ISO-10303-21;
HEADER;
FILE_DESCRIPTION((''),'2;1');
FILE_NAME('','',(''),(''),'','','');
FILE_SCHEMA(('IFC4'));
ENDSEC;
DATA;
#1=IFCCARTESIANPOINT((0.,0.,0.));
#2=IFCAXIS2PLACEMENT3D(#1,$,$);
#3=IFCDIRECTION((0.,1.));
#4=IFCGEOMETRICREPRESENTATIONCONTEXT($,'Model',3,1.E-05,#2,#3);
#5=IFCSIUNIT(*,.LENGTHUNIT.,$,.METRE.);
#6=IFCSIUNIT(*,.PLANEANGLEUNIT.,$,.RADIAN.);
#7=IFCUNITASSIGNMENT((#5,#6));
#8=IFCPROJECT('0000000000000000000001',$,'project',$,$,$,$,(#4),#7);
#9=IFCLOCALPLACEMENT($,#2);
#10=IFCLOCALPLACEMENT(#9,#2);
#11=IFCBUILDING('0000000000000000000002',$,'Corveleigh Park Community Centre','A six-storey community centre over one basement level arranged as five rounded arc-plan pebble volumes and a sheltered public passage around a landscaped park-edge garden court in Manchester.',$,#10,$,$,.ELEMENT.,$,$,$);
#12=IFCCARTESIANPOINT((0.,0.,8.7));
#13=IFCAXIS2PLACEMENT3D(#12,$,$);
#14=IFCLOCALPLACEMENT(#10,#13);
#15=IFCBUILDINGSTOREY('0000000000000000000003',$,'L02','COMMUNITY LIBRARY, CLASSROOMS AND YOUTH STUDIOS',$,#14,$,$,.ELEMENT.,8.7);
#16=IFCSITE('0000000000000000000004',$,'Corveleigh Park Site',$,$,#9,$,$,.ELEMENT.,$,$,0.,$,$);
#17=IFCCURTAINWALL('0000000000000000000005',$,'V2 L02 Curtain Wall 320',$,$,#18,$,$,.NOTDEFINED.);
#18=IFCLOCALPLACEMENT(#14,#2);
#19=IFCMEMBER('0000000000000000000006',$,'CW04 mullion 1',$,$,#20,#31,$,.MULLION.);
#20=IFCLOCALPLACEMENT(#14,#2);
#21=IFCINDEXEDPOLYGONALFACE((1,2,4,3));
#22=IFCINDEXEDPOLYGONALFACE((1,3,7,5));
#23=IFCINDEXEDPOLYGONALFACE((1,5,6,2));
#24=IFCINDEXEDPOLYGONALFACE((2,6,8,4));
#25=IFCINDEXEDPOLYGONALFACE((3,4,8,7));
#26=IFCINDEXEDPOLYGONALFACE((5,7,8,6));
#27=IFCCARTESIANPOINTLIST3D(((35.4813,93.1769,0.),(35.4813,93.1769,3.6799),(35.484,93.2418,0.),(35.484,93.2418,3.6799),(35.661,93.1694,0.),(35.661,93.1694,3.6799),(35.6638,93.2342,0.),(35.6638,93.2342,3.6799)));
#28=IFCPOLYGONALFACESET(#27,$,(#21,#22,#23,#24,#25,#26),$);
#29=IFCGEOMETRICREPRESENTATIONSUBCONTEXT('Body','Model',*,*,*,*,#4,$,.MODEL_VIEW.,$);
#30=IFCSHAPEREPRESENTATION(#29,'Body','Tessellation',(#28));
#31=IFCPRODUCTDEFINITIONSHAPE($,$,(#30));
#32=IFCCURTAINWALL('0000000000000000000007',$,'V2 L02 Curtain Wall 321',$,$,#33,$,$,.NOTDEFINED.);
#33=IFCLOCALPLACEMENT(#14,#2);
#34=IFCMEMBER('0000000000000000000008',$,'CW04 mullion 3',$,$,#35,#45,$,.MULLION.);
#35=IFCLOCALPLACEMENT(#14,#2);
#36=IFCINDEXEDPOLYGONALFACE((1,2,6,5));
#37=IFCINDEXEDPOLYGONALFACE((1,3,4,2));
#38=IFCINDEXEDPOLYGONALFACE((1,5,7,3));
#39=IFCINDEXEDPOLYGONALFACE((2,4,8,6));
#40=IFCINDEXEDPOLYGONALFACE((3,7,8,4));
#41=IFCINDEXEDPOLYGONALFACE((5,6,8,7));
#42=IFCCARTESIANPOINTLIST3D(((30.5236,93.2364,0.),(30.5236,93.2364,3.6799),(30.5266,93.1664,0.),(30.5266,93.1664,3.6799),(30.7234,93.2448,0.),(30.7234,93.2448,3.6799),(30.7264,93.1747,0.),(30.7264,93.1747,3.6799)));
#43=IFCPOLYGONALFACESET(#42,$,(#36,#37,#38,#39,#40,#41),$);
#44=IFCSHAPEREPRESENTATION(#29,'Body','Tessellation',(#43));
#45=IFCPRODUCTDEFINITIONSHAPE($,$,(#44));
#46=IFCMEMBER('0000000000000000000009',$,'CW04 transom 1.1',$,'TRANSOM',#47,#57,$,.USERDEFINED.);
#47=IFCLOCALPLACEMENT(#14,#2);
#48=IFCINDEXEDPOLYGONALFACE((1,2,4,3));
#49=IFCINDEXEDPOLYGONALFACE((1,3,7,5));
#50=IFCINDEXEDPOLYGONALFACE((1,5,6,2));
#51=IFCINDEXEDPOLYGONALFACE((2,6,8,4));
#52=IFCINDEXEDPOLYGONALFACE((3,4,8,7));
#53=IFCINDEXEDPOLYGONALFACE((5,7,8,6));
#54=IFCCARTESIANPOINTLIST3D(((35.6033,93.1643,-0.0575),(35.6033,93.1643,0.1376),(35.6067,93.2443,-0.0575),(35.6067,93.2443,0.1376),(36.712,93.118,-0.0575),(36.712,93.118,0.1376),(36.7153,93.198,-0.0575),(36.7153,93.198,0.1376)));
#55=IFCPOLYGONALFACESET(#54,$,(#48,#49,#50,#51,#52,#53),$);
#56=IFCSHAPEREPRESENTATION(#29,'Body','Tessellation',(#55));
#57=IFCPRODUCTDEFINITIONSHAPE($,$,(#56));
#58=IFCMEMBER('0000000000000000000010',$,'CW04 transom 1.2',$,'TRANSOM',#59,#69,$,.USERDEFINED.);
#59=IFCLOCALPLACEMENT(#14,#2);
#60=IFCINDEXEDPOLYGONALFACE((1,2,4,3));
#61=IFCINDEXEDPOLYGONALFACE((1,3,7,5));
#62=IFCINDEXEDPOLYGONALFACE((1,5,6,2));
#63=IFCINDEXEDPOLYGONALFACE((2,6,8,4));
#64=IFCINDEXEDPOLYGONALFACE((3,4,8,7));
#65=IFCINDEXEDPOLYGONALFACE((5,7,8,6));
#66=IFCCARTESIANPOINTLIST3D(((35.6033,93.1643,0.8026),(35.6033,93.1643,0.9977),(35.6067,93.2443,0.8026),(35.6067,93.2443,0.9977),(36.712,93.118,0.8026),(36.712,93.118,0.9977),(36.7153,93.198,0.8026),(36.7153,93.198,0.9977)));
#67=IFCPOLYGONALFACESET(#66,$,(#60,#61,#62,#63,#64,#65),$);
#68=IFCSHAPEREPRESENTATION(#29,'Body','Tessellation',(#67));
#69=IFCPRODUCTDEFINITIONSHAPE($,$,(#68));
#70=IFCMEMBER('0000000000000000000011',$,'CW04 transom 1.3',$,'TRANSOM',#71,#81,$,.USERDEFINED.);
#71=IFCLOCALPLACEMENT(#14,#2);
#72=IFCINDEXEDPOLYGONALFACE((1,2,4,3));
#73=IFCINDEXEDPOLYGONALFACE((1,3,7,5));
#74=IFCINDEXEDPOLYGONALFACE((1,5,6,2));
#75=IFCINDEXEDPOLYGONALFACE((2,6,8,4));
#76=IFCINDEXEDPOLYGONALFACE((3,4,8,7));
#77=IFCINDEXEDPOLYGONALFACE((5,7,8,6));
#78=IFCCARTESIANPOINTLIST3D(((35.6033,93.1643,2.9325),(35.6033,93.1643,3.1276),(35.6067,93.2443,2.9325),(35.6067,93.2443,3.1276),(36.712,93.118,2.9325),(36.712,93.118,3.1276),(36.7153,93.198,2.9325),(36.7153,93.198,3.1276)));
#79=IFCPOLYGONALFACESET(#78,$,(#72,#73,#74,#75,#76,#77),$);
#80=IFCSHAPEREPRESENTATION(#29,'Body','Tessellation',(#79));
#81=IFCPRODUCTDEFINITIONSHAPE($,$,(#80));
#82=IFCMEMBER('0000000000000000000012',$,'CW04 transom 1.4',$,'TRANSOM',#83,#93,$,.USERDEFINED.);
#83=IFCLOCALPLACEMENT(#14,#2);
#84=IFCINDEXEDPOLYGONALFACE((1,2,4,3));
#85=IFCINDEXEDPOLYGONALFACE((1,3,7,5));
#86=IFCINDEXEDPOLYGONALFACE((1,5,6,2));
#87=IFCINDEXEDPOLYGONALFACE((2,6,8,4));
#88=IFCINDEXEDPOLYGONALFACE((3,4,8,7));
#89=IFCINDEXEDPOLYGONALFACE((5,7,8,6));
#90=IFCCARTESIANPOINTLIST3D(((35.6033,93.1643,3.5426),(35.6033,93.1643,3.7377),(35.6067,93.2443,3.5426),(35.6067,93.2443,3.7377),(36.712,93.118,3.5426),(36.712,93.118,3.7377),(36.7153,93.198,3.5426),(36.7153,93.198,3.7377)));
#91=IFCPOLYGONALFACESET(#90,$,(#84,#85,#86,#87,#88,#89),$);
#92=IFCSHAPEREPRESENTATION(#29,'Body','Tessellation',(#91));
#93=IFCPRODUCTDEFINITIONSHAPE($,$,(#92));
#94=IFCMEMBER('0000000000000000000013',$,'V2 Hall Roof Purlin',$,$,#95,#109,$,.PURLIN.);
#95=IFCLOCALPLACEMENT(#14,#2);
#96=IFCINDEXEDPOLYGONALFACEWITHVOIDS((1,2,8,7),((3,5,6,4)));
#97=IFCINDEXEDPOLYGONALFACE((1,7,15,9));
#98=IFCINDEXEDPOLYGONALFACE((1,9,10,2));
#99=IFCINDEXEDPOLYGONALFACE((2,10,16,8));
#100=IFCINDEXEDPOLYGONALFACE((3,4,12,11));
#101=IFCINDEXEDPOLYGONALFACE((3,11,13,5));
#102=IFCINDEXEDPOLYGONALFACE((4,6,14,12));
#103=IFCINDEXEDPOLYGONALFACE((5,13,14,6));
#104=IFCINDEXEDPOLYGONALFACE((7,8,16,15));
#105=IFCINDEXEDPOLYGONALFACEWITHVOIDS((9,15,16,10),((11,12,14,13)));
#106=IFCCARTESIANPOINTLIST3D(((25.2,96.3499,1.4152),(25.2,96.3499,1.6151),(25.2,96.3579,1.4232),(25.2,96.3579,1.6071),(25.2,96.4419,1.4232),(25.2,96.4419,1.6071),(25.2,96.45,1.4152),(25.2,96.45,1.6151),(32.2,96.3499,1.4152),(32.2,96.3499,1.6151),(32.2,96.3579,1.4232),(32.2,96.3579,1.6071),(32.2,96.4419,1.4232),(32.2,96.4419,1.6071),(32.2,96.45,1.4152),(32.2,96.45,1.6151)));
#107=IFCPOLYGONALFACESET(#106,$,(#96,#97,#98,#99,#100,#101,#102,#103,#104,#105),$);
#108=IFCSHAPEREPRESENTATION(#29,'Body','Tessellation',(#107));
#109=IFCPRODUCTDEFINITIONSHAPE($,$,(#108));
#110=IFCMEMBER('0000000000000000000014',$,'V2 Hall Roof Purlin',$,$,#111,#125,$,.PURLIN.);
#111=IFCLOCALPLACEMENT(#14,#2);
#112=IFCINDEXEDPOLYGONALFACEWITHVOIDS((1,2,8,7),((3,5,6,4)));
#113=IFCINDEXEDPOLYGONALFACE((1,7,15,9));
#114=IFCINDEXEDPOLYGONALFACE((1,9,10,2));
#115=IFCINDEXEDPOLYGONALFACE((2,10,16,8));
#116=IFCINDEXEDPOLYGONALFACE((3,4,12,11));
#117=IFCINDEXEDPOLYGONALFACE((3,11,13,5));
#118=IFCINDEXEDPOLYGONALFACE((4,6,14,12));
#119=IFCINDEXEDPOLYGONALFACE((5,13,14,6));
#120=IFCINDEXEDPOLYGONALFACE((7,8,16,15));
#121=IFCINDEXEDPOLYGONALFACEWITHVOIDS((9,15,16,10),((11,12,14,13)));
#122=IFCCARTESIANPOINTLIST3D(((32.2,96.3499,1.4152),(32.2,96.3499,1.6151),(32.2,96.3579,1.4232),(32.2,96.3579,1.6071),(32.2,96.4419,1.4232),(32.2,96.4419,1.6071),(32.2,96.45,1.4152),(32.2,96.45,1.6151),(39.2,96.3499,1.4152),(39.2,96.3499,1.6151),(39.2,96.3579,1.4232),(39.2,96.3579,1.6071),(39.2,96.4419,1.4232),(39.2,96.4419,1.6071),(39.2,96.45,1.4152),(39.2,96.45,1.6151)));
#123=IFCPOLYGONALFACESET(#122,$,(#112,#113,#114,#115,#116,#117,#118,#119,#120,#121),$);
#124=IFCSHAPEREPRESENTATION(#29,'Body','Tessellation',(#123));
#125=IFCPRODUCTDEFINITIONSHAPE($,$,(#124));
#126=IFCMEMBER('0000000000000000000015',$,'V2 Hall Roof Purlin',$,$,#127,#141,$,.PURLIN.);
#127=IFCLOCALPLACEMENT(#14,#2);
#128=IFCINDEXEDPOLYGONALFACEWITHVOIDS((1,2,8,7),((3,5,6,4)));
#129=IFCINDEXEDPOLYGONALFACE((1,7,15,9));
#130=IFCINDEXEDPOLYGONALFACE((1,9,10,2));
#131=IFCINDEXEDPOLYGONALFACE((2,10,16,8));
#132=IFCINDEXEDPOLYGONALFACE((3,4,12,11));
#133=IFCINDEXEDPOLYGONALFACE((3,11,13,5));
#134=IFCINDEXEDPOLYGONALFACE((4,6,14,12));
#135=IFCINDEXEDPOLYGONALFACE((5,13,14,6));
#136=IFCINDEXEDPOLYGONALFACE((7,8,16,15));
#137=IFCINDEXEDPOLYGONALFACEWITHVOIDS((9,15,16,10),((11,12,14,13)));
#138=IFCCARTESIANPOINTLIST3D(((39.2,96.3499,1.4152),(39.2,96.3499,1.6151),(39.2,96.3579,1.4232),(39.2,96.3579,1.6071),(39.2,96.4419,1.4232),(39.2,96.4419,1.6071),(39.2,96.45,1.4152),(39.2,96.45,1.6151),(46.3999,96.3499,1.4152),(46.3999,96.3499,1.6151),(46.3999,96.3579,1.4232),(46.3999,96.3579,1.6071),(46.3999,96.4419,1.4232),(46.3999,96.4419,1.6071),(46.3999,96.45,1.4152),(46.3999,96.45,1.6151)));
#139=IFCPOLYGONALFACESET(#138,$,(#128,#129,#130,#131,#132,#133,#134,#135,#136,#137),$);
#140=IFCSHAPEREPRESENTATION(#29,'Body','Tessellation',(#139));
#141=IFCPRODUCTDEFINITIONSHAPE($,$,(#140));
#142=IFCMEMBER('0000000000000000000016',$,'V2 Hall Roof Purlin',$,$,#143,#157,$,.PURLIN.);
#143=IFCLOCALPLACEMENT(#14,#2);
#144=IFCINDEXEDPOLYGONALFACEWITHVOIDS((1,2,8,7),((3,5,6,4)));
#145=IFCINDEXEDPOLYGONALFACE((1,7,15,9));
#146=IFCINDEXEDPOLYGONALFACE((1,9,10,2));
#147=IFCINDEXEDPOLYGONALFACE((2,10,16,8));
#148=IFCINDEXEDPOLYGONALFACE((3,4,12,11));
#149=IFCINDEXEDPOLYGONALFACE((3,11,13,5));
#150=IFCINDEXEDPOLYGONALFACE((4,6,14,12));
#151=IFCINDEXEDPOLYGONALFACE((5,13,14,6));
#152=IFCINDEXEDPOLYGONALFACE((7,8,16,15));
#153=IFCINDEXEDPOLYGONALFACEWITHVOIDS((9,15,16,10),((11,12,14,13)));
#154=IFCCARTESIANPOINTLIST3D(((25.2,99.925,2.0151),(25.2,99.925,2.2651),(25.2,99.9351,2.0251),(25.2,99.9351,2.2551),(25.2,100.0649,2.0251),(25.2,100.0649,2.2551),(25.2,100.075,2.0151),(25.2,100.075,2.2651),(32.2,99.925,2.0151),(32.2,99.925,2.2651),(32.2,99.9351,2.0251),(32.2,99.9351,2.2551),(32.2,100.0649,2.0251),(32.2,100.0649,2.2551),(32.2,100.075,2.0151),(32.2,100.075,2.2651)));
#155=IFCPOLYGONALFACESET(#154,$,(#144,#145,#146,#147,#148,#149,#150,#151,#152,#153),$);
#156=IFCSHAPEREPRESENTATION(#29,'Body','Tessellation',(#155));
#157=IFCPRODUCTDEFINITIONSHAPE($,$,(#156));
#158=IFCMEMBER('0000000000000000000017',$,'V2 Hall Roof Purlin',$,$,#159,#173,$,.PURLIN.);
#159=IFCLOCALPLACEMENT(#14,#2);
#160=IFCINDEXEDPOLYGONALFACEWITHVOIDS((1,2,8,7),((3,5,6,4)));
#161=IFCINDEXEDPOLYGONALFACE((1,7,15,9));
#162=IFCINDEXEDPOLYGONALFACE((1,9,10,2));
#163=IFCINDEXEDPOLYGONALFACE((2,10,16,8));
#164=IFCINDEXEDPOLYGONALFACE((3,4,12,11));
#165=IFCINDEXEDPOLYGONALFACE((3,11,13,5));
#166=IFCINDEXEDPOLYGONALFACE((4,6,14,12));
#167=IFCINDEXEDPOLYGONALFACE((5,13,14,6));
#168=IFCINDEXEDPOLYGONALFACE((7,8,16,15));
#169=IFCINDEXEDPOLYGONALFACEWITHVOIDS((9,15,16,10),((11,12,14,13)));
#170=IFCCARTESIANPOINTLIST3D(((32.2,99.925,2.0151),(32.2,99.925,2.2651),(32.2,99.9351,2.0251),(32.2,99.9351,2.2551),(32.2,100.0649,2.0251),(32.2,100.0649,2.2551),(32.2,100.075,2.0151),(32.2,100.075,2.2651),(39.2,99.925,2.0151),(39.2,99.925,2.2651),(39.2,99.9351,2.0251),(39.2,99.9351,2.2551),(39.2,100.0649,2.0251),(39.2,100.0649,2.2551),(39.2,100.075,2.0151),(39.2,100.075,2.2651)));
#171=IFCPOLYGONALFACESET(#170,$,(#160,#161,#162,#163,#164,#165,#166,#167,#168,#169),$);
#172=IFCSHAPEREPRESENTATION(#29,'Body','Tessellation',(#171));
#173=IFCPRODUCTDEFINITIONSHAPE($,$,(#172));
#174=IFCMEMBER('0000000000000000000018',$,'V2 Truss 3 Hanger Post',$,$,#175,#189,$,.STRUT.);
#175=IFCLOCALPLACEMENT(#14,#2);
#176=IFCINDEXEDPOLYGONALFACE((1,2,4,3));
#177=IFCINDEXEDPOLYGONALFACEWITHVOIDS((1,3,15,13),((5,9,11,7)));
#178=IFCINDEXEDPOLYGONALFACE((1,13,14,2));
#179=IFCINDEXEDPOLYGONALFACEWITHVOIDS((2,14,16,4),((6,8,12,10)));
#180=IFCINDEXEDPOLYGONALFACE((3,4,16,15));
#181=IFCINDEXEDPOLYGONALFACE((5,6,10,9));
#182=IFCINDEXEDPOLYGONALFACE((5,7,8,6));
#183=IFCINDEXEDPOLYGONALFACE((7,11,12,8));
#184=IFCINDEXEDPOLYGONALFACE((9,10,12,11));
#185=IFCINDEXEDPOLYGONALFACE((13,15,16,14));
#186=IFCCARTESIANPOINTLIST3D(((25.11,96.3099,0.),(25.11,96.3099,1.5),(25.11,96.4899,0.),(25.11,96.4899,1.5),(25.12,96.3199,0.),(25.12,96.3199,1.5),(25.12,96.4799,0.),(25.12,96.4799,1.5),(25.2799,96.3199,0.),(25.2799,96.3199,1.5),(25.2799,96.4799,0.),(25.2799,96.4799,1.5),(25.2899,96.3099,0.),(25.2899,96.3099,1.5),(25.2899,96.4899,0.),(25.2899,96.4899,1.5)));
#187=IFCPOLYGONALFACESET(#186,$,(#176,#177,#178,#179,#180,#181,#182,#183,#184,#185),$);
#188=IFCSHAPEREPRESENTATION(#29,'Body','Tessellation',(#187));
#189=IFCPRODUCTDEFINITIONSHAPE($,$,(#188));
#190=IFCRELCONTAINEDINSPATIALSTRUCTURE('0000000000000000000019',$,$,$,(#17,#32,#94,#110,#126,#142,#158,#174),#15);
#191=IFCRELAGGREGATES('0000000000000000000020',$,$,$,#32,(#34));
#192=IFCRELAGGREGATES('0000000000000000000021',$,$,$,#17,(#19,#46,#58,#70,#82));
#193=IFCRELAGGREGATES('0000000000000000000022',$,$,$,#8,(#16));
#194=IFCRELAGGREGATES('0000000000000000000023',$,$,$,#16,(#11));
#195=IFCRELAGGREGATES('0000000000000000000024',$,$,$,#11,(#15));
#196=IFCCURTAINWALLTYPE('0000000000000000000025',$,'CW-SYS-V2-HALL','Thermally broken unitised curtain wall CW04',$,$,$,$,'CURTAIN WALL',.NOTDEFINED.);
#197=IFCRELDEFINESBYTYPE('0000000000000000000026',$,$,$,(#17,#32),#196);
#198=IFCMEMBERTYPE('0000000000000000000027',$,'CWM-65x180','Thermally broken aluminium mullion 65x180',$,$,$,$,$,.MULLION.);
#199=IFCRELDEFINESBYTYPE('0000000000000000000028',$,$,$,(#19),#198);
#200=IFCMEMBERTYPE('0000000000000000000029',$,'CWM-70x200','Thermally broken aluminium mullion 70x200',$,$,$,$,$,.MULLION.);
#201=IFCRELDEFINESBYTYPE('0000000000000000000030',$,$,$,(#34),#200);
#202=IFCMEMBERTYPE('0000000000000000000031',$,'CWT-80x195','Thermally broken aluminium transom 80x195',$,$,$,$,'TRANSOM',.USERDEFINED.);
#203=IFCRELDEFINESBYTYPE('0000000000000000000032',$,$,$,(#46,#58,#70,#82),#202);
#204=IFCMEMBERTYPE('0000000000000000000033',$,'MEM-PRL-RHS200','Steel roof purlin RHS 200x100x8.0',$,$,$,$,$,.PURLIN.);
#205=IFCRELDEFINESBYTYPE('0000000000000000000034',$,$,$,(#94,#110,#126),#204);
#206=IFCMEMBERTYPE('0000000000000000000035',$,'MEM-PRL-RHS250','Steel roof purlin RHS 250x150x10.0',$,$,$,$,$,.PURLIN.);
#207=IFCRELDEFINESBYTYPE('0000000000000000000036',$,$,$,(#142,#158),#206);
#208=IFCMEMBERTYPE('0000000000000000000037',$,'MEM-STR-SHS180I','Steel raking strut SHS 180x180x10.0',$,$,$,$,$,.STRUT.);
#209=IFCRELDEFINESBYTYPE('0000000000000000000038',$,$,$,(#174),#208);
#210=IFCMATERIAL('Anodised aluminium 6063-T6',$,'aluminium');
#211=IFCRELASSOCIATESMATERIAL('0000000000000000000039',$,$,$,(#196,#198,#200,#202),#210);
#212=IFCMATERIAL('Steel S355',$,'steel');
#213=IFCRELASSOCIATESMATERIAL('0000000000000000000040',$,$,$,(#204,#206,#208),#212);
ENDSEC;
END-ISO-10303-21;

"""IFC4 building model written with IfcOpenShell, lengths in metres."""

from ifc_helpers import new_model, si_unit, direction, frame, origin, origin_2d, place, context, subcontext, project, spatial, rectangle, hollow_rectangle, extrude, material, material_profile, profile_set, type_object, element, aggregate, save


model = new_model("IFC4")

# Units and contexts
model_context = context("Model", 3, precision=1e-05, world=origin(), true_north=direction((0.0, 1.0)))
body_context = subcontext(model_context, "Body", "Model", "MODEL_VIEW")
ifc_project = project(units=[si_unit("LENGTHUNIT", "METRE"), si_unit("PLANEANGLEUNIT", "RADIAN")], contexts=[model_context])

# Site, building, storey
site_placement = place(None, origin())
site = spatial("IfcSite", under=ifc_project, at=site_placement, Name="Corveleigh Park Site", CompositionType="ELEMENT", RefElevation=0.0)
building_placement = place(site_placement, origin())
building = spatial("IfcBuilding", under=site, at=building_placement, Name="Corveleigh Park Community Centre", Description="A six-storey community centre over one basement level arranged as five rounded arc-plan pebble volumes and a sheltered public passage around a landscaped park-edge garden court in Manchester.", CompositionType="ELEMENT")
storey_placement = place(building_placement, frame((0.0, 0.0, 8.7)))
storey = spatial("IfcBuildingStorey", under=building, at=storey_placement, Name="L02", Description="COMMUNITY LIBRARY, CLASSROOMS AND YOUTH STUDIOS", CompositionType="ELEMENT", Elevation=8.7)

# Curtain walls, members
ifc_material_1 = material(Name="Anodised aluminium 6063-T6", Category="aluminium")
curtain_wall_type = type_object("IfcCurtainWallType", Name="CW-SYS-V2-HALL", Description="Thermally broken unitised curtain wall CW04", ElementType="CURTAIN WALL", PredefinedType="NOTDEFINED", material=ifc_material_1)
curtain_wall_1_placement = place(storey_placement, origin())
curtain_wall_1 = element("IfcCurtainWall", 1, at=curtain_wall_1_placement, inside=storey, type_object=curtain_wall_type, Name="V2 L02 Curtain Wall 320", PredefinedType="NOTDEFINED")
ifc_material_profile_1 = material_profile(ifc_material_1, rectangle(XDim=0.0649, YDim=0.1799, at=origin_2d()), Name="ALU-M65x180", Category="aluminium")
ifc_profile_set_1 = profile_set([ifc_material_profile_1], Name="Anodised aluminium 6063-T6")
member_type_1 = type_object("IfcMemberType", Name="CWM-65x180", Description="Thermally broken aluminium mullion 65x180", PredefinedType="MULLION", material=ifc_profile_set_1)
member_1_placement = place(storey_placement, frame((35.5725, 93.2056, 0.0), z_axis=(0.0, 0.0, 1.0), x_axis=(0.041837, 0.999124, 0.0)))
member_1 = element("IfcMember", 2, at=member_1_placement, type_object=member_type_1, Name="CW04 mullion 1", PredefinedType="MULLION", context=body_context, shape_type="SweptSolid", body=[
    extrude(rectangle(XDim=0.0649, YDim=0.1799, at=origin_2d()), origin(), (0.0, 0.0, 1.0), 3.6799),
])
curtain_wall_2_placement = place(storey_placement, origin())
curtain_wall_2 = element("IfcCurtainWall", 3, at=curtain_wall_2_placement, inside=storey, type_object=curtain_wall_type, Name="V2 L02 Curtain Wall 321", PredefinedType="NOTDEFINED")
ifc_material_profile_2 = material_profile(ifc_material_1, rectangle(XDim=0.0701, YDim=0.2, at=origin_2d()), Name="ALU-M70x200", Category="aluminium")
ifc_profile_set_2 = profile_set([ifc_material_profile_2], Name="Anodised aluminium 6063-T6")
member_type_2 = type_object("IfcMemberType", Name="CWM-70x200", Description="Thermally broken aluminium mullion 70x200", PredefinedType="MULLION", material=ifc_profile_set_2)
member_2_placement = place(storey_placement, frame((30.625, 93.2056, 0.0), z_axis=(0.0, 0.0, 1.0), x_axis=(-0.041837, 0.999124, 0.0)))
member_2 = element("IfcMember", 4, at=member_2_placement, type_object=member_type_2, Name="CW04 mullion 3", PredefinedType="MULLION", context=body_context, shape_type="SweptSolid", body=[
    extrude(rectangle(XDim=0.0701, YDim=0.2, at=origin_2d()), origin(), (0.0, 0.0, 1.0), 3.6799),
])
aggregate(curtain_wall_2, [member_2])

# Members
ifc_material_profile_3 = material_profile(ifc_material_1, rectangle(XDim=0.0801, YDim=0.1951, at=origin_2d()), Name="ALU-T80x195", Category="aluminium")
ifc_profile_set_3 = profile_set([ifc_material_profile_3], Name="Anodised aluminium 6063-T6")
member_type_3 = type_object("IfcMemberType", Name="CWT-80x195", Description="Thermally broken aluminium transom 80x195", ElementType="TRANSOM", PredefinedType="USERDEFINED", material=ifc_profile_set_3)
member_3_placement = place(storey_placement, frame((35.605, 93.2043, 0.04), z_axis=(0.999126, -0.041804, 0.0), x_axis=(0.041804, 0.999126, 0.0)))
member_3 = element("IfcMember", 5, at=member_3_placement, type_object=member_type_3, Name="CW04 transom 1.1", ObjectType="TRANSOM", PredefinedType="USERDEFINED", context=body_context, shape_type="SweptSolid", body=[
    extrude(rectangle(XDim=0.0801, YDim=0.1951, at=origin_2d()), origin(), (0.0, 0.0, 1.0), 1.1096),
])
member_4_placement = place(storey_placement, frame((35.605, 93.2043, 0.9001), z_axis=(0.999126, -0.041804, 0.0), x_axis=(0.041804, 0.999126, 0.0)))
member_4 = element("IfcMember", 6, at=member_4_placement, type_object=member_type_3, Name="CW04 transom 1.2", ObjectType="TRANSOM", PredefinedType="USERDEFINED", context=body_context, shape_type="SweptSolid", body=[
    extrude(rectangle(XDim=0.0801, YDim=0.1951, at=origin_2d()), origin(), (0.0, 0.0, 1.0), 1.1096),
])
member_5_placement = place(storey_placement, frame((35.605, 93.2043, 3.03), z_axis=(0.999126, -0.041804, 0.0), x_axis=(0.041804, 0.999126, 0.0)))
member_5 = element("IfcMember", 7, at=member_5_placement, type_object=member_type_3, Name="CW04 transom 1.3", ObjectType="TRANSOM", PredefinedType="USERDEFINED", context=body_context, shape_type="SweptSolid", body=[
    extrude(rectangle(XDim=0.0801, YDim=0.1951, at=origin_2d()), origin(), (0.0, 0.0, 1.0), 1.1096),
])
member_6_placement = place(storey_placement, frame((35.605, 93.2043, 3.6401), z_axis=(0.999126, -0.041804, 0.0), x_axis=(0.041804, 0.999126, 0.0)))
member_6 = element("IfcMember", 8, at=member_6_placement, type_object=member_type_3, Name="CW04 transom 1.4", ObjectType="TRANSOM", PredefinedType="USERDEFINED", context=body_context, shape_type="SweptSolid", body=[
    extrude(rectangle(XDim=0.0801, YDim=0.1951, at=origin_2d()), origin(), (0.0, 0.0, 1.0), 1.1096),
])

# Members
ifc_material_2 = material(Name="Steel S355", Category="steel")
ifc_material_profile_4 = material_profile(ifc_material_2, hollow_rectangle(XDim=0.1001, YDim=0.2, WallThickness=0.0081, at=origin_2d()), Name="RHS 200x100x8.0", Category="steel")
ifc_profile_set_4 = profile_set([ifc_material_profile_4], Name="Steel S355")
member_type_4 = type_object("IfcMemberType", Name="MEM-PRL-RHS200", Description="Steel roof purlin RHS 200x100x8.0", PredefinedType="PURLIN", material=ifc_profile_set_4)
for number, where, z_axis, x_axis, name in (
    (9, (25.2, 96.3999, 1.5151), (1.0, 0.0, 0.0), (0.0, 1.0, 0.0), "V2 Hall Roof Purlin"),
    (10, (32.2, 96.3999, 1.5151), (1.0, 0.0, 0.0), (0.0, 1.0, 0.0), "V2 Hall Roof Purlin"),
):
    element("IfcMember", number, at=place(storey_placement, frame(where, z_axis=z_axis, x_axis=x_axis)), inside=storey, type_object=member_type_4, Name=name, PredefinedType="PURLIN", context=body_context, shape_type="SweptSolid", body=[
        extrude(hollow_rectangle(XDim=0.1001, YDim=0.2, WallThickness=0.0081, at=origin_2d()), origin(), (0.0, 0.0, 1.0), 7.0),
    ])
member_7_placement = place(storey_placement, frame((39.2, 96.3999, 1.5151), z_axis=(1.0, 0.0, 0.0), x_axis=(0.0, 1.0, 0.0)))
element("IfcMember", 11, at=member_7_placement, inside=storey, type_object=member_type_4, Name="V2 Hall Roof Purlin", PredefinedType="PURLIN", context=body_context, shape_type="SweptSolid", body=[
    extrude(hollow_rectangle(XDim=0.1001, YDim=0.2, WallThickness=0.0081, at=origin_2d()), origin(), (0.0, 0.0, 1.0), 7.2),
])
ifc_material_profile_5 = material_profile(ifc_material_2, hollow_rectangle(XDim=0.1499, YDim=0.25, WallThickness=0.01, at=origin_2d()), Name="RHS 250x150x10.0", Category="steel")
ifc_profile_set_5 = profile_set([ifc_material_profile_5], Name="Steel S355")
member_type_5 = type_object("IfcMemberType", Name="MEM-PRL-RHS250", Description="Steel roof purlin RHS 250x150x10.0", PredefinedType="PURLIN", material=ifc_profile_set_5)
for number, where, z_axis, x_axis, name in (
    (12, (25.2, 100.0, 2.1401), (1.0, 0.0, 0.0), (0.0, 1.0, 0.0), "V2 Hall Roof Purlin"),
    (13, (32.2, 100.0, 2.1401), (1.0, 0.0, 0.0), (0.0, 1.0, 0.0), "V2 Hall Roof Purlin"),
):
    element("IfcMember", number, at=place(storey_placement, frame(where, z_axis=z_axis, x_axis=x_axis)), inside=storey, type_object=member_type_5, Name=name, PredefinedType="PURLIN", context=body_context, shape_type="SweptSolid", body=[
        extrude(hollow_rectangle(XDim=0.1499, YDim=0.25, WallThickness=0.01, at=origin_2d()), origin(), (0.0, 0.0, 1.0), 7.0),
    ])
ifc_material_profile_6 = material_profile(ifc_material_2, hollow_rectangle(XDim=0.1799, YDim=0.1799, WallThickness=0.01, at=origin_2d()), Name="SHS 180x180x10.0", Category="steel")
ifc_profile_set_6 = profile_set([ifc_material_profile_6], Name="Steel S355")
member_type_6 = type_object("IfcMemberType", Name="MEM-STR-SHS180I", Description="Steel raking strut SHS 180x180x10.0", PredefinedType="STRUT", material=ifc_profile_set_6)
member_8_placement = place(storey_placement, frame((25.2, 96.3999, 0.0), z_axis=(0.0, 0.0, 1.0), x_axis=(1.0, 0.0, 0.0)))
element("IfcMember", 14, at=member_8_placement, inside=storey, type_object=member_type_6, Name="V2 Truss 3 Hanger Post", PredefinedType="STRUT", context=body_context, shape_type="SweptSolid", body=[
    extrude(hollow_rectangle(XDim=0.1799, YDim=0.1799, WallThickness=0.01, at=origin_2d()), origin(), (0.0, 0.0, 1.0), 1.5),
])

aggregate(curtain_wall_1, [member_1, member_3, member_4, member_5, member_6])

save(model, "model.ifc")
